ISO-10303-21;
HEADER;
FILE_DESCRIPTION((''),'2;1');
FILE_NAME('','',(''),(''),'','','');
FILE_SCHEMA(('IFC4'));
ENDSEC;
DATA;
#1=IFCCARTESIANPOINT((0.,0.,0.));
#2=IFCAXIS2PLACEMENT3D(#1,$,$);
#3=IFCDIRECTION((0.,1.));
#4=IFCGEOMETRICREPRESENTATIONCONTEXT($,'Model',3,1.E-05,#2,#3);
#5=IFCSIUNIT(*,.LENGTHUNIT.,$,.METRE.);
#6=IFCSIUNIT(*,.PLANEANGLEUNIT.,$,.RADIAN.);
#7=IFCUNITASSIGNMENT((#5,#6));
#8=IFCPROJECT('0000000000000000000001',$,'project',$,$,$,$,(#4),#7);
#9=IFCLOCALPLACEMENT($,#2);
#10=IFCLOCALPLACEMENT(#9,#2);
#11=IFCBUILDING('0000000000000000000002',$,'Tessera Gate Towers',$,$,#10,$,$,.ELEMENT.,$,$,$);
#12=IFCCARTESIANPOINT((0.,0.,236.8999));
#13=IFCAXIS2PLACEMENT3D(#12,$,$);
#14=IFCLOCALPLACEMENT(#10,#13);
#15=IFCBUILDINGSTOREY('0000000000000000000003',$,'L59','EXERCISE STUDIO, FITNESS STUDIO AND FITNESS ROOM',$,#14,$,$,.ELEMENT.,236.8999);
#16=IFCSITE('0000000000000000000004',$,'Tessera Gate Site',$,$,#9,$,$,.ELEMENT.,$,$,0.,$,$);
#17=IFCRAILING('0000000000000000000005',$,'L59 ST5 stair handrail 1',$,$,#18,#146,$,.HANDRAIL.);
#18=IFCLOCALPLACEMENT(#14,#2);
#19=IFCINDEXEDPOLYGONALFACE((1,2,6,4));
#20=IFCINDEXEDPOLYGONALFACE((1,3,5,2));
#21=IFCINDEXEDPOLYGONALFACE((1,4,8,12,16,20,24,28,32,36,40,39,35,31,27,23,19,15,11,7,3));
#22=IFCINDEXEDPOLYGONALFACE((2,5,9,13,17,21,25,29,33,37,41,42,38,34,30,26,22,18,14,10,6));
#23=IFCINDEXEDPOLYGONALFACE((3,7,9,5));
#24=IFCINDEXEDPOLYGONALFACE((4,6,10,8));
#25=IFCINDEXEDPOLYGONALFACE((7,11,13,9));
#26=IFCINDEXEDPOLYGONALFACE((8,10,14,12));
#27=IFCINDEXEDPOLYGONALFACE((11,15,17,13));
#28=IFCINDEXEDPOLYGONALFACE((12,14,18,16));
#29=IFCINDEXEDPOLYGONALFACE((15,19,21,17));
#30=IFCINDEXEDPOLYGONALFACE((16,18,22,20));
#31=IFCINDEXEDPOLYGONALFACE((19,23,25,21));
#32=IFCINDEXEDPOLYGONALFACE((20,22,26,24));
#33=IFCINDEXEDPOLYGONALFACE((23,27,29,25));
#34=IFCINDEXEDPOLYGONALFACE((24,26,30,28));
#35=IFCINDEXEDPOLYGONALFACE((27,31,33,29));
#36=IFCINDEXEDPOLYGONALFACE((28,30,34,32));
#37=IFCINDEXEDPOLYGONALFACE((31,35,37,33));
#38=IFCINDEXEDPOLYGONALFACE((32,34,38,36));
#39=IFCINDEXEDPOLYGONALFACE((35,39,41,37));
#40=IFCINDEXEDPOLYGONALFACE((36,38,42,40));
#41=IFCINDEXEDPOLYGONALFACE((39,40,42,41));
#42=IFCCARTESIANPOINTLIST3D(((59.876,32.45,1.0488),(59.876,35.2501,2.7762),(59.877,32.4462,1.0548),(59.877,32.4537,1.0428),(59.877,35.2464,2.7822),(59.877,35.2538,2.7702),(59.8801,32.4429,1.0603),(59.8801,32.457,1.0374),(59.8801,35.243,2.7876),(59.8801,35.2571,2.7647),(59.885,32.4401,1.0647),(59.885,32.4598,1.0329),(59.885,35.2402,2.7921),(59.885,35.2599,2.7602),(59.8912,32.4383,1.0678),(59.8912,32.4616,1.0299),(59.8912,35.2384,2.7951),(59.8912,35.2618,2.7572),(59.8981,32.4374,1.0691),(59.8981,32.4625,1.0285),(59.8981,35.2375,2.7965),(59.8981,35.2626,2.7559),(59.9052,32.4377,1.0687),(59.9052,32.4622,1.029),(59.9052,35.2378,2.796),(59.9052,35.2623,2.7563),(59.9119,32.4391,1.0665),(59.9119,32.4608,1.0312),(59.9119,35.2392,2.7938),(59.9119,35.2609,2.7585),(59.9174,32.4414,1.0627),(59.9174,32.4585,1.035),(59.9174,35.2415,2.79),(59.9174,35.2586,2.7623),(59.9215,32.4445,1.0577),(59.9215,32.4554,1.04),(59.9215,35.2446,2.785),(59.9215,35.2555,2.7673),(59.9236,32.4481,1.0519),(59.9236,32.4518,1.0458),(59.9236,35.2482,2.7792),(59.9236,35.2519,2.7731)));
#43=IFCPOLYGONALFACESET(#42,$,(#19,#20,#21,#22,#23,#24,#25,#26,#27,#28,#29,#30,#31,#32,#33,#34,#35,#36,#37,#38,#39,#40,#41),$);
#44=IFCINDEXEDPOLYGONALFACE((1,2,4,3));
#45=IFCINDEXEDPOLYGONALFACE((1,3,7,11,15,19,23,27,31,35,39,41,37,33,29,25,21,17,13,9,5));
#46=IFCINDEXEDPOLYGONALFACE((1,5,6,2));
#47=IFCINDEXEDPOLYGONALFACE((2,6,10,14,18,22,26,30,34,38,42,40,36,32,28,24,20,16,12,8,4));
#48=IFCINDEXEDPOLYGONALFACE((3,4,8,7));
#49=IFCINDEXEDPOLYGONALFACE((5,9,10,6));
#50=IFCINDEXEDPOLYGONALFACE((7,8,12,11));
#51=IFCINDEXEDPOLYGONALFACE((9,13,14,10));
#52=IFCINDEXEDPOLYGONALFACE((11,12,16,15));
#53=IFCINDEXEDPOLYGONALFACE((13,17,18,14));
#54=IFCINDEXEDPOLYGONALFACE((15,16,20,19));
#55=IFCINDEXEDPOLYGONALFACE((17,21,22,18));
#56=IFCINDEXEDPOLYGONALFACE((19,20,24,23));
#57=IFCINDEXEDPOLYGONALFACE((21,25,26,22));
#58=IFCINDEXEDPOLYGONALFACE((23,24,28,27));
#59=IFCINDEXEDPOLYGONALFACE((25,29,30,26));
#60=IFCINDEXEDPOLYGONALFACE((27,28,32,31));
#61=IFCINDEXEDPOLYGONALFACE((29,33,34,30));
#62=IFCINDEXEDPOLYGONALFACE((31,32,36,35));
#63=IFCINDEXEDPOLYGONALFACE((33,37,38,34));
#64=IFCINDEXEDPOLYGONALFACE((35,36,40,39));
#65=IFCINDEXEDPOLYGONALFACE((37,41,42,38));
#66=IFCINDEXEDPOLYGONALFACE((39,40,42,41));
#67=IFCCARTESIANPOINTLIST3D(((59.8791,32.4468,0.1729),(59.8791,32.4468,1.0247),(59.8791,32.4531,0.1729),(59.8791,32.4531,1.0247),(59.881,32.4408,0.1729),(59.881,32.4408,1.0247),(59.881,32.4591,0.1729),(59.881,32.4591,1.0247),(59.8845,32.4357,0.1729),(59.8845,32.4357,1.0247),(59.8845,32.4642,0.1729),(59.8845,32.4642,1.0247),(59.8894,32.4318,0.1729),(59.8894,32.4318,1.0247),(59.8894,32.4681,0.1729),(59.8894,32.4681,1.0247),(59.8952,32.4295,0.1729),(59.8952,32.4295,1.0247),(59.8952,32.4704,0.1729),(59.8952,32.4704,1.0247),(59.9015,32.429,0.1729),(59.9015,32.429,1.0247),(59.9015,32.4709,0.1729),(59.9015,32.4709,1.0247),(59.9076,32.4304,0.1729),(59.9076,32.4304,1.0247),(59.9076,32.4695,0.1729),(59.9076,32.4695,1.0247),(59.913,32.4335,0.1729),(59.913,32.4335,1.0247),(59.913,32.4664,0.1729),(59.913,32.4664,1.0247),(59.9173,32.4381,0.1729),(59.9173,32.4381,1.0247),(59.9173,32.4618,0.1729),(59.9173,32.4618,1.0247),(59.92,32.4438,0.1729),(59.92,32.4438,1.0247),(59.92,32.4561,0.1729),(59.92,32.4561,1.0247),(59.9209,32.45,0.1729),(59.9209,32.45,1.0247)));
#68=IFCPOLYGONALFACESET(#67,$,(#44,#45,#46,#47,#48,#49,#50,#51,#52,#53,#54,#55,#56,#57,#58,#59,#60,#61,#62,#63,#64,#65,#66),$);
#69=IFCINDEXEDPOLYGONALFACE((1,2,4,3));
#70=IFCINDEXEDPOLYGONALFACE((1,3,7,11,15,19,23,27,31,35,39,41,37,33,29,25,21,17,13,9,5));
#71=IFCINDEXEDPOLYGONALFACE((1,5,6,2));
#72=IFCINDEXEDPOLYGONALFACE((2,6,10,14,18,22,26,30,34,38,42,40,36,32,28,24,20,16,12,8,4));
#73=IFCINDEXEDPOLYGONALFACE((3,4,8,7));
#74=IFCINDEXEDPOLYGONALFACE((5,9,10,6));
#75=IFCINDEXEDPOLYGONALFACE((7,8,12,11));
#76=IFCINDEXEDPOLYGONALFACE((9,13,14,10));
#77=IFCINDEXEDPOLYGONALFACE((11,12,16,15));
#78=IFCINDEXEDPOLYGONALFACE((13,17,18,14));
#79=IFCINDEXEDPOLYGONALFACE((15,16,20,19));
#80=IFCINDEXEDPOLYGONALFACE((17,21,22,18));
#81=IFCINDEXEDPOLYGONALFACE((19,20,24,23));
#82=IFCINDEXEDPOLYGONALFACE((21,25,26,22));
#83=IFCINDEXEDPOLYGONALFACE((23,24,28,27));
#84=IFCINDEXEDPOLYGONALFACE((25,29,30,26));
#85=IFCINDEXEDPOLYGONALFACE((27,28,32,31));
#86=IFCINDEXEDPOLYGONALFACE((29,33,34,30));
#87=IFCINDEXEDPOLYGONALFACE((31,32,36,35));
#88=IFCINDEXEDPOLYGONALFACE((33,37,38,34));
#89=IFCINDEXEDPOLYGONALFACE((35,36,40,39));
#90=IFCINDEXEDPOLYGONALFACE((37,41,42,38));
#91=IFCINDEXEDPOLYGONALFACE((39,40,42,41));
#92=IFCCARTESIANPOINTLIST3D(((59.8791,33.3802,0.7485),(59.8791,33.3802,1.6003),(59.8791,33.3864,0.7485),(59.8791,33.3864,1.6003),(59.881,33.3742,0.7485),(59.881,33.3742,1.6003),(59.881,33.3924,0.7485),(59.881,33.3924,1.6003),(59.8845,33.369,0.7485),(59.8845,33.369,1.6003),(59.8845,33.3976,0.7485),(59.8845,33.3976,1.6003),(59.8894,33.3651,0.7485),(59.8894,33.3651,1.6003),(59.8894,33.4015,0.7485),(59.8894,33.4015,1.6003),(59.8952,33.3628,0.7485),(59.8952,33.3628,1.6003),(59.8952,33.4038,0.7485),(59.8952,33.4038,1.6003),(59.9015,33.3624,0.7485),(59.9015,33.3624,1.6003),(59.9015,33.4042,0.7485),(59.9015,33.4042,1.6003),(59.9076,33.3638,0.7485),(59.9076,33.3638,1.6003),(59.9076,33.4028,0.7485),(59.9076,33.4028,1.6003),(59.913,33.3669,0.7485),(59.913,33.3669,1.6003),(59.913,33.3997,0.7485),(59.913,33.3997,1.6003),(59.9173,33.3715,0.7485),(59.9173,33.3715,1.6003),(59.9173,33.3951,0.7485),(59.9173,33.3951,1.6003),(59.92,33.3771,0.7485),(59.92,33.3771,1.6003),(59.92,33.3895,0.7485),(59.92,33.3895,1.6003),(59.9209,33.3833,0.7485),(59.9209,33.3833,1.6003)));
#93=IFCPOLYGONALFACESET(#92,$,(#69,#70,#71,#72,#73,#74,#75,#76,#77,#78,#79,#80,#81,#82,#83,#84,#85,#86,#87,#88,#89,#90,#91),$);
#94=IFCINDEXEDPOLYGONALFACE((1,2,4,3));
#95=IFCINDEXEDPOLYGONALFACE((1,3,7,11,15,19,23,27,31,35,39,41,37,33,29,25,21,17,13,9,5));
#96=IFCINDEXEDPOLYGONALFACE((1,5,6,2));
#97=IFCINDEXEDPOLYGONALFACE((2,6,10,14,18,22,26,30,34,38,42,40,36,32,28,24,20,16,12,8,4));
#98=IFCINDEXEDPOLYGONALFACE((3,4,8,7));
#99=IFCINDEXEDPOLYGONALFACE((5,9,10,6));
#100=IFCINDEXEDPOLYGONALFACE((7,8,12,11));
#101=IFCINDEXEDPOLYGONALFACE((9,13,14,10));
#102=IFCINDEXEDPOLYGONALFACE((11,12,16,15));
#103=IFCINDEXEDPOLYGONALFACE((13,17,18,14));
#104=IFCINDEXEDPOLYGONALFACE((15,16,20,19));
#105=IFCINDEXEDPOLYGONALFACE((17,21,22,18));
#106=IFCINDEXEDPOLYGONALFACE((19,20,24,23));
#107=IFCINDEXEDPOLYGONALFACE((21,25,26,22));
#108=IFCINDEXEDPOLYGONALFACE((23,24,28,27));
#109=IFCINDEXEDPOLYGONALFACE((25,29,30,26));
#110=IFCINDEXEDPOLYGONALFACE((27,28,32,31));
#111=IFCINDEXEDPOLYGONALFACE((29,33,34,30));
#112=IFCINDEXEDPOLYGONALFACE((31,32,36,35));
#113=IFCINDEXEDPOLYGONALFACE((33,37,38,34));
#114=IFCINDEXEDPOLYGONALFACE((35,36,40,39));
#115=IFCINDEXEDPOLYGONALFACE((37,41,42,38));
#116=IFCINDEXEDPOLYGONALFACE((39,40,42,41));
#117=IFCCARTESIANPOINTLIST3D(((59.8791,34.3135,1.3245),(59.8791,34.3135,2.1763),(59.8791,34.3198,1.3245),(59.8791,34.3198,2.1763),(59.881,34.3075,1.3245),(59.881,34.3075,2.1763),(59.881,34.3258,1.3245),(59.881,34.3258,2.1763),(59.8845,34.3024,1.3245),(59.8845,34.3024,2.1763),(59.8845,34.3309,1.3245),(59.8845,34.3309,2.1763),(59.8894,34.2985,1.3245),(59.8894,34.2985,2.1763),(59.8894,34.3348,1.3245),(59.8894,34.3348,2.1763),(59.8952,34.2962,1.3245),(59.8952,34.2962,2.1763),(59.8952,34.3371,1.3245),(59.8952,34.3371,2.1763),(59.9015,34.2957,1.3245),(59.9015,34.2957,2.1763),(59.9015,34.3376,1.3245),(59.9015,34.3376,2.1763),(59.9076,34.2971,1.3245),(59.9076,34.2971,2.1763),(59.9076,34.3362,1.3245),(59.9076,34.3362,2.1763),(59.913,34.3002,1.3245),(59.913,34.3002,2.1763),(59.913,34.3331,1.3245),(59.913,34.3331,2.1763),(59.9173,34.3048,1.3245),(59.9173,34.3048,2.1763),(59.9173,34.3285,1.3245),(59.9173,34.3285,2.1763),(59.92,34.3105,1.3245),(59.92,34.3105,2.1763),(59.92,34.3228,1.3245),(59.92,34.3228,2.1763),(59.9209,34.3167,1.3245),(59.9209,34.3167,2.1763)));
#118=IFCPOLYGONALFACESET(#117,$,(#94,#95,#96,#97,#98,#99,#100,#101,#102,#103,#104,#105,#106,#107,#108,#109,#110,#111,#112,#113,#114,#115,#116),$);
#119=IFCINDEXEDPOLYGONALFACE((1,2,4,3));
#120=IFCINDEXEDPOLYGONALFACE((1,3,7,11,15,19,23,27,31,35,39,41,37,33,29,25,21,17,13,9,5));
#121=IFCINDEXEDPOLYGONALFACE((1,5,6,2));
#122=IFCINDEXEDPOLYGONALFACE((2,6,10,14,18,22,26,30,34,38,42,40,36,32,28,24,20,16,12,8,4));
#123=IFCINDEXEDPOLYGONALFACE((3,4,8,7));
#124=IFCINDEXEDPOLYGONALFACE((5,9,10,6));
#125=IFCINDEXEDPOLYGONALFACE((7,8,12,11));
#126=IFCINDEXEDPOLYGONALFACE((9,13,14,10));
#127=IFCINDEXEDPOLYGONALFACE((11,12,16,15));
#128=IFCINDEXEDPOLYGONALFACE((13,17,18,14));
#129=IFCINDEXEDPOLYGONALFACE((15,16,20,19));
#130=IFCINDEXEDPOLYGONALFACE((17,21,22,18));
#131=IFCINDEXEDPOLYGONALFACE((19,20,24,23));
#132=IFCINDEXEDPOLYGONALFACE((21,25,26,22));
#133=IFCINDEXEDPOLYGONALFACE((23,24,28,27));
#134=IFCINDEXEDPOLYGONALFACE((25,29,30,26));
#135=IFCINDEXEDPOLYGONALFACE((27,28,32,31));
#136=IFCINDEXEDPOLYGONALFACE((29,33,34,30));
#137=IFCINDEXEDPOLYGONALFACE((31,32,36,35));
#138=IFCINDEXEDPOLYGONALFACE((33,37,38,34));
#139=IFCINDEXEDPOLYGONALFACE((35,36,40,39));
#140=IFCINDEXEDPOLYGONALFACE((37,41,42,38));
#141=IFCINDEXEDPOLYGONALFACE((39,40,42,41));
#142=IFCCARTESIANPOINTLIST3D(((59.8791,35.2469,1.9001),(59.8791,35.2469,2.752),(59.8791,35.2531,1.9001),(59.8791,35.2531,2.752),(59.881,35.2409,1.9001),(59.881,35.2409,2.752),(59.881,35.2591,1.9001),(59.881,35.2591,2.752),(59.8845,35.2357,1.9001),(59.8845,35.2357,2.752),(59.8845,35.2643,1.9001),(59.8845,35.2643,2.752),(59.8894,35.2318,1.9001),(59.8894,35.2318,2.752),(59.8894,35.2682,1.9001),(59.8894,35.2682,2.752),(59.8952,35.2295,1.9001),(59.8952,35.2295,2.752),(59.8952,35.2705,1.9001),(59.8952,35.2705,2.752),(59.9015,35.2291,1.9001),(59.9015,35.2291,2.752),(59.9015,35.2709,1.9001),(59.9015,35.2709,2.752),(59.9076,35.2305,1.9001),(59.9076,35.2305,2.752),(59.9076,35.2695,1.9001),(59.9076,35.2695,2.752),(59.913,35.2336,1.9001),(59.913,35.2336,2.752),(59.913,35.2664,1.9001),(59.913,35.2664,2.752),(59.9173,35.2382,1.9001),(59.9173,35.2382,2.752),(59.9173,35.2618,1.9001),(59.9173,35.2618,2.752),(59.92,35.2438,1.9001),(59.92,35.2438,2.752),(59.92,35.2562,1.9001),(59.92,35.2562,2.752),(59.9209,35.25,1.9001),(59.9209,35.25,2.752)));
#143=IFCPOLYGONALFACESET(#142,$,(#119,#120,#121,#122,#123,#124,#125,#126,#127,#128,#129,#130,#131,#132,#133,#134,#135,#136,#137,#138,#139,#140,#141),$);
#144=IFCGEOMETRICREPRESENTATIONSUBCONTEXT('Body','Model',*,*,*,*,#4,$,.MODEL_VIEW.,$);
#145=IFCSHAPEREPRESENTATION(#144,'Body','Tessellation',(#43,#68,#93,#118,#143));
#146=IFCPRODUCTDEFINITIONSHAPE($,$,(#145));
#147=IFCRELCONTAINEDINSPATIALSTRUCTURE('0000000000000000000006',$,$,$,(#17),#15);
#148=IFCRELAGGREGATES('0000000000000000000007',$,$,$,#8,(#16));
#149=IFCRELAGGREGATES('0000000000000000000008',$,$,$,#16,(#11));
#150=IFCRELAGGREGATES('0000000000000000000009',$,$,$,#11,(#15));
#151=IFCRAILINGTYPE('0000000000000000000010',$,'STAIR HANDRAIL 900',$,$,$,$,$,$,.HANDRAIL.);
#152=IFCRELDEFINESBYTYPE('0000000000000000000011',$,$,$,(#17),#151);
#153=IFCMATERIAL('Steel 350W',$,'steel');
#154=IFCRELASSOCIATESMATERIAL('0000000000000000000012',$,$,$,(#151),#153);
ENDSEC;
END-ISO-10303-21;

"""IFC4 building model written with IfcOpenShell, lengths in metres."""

from ifc_helpers import new_model, si_unit, direction, frame, origin, origin_2d, place, context, subcontext, project, spatial, circle, extrude, material, type_object, element, save


model = new_model("IFC4")

# Units and contexts
model_context = context("Model", 3, precision=1e-05, world=origin(), true_north=direction((0.0, 1.0)))
body_context = subcontext(model_context, "Body", "Model", "MODEL_VIEW")
ifc_project = project(units=[si_unit("LENGTHUNIT", "METRE"), si_unit("PLANEANGLEUNIT", "RADIAN")], contexts=[model_context])

# Site, building, storey
site_placement = place(None, origin())
site = spatial("IfcSite", under=ifc_project, at=site_placement, Name="Tessera Gate Site", CompositionType="ELEMENT", RefElevation=0.0)
building_placement = place(site_placement, origin())
building = spatial("IfcBuilding", under=site, at=building_placement, Name="Tessera Gate Towers", CompositionType="ELEMENT")
storey_placement = place(building_placement, frame((0.0, 0.0, 236.8999)))
storey = spatial("IfcBuildingStorey", under=building, at=storey_placement, Name="L59", Description="EXERCISE STUDIO, FITNESS STUDIO AND FITNESS ROOM", CompositionType="ELEMENT", Elevation=236.8999)

# Railing
ifc_material_1 = material(Name="Steel 350W", Category="steel")
railing_type_1 = type_object("IfcRailingType", Name="STAIR HANDRAIL 900", PredefinedType="HANDRAIL", material=ifc_material_1)
railing_1_placement = place(storey_placement, frame((59.8999, 32.45, 0.1729)))
element("IfcRailing", 1, at=railing_1_placement, inside=storey, type_object=railing_type_1, Name="L59 ST5 stair handrail 1", PredefinedType="HANDRAIL", context=body_context, shape_type="SweptSolid", body=[
    extrude(circle(Radius=0.0239, at=origin_2d()), frame((0.0, 0.0, 0.876), z_axis=(0.0, 0.85109, 0.52502), x_axis=(-1.0, 0.0, 0.0)), (0.0, 0.0, 1.0), 3.29),
    extrude(circle(Radius=0.021, at=origin_2d()), origin(), (0.0, 0.0, 1.0), 0.8518),
    extrude(circle(Radius=0.021, at=origin_2d()), frame((0.0, 0.9333, 0.5757)), (0.0, 0.0, 1.0), 0.8518),
    extrude(circle(Radius=0.021, at=origin_2d()), frame((0.0, 1.8667, 1.1516)), (0.0, 0.0, 1.0), 0.8518),
    extrude(circle(Radius=0.021, at=origin_2d()), frame((0.0, 2.8, 1.7273)), (0.0, 0.0, 1.0), 0.8518),
])

save(model, "model.ifc")
